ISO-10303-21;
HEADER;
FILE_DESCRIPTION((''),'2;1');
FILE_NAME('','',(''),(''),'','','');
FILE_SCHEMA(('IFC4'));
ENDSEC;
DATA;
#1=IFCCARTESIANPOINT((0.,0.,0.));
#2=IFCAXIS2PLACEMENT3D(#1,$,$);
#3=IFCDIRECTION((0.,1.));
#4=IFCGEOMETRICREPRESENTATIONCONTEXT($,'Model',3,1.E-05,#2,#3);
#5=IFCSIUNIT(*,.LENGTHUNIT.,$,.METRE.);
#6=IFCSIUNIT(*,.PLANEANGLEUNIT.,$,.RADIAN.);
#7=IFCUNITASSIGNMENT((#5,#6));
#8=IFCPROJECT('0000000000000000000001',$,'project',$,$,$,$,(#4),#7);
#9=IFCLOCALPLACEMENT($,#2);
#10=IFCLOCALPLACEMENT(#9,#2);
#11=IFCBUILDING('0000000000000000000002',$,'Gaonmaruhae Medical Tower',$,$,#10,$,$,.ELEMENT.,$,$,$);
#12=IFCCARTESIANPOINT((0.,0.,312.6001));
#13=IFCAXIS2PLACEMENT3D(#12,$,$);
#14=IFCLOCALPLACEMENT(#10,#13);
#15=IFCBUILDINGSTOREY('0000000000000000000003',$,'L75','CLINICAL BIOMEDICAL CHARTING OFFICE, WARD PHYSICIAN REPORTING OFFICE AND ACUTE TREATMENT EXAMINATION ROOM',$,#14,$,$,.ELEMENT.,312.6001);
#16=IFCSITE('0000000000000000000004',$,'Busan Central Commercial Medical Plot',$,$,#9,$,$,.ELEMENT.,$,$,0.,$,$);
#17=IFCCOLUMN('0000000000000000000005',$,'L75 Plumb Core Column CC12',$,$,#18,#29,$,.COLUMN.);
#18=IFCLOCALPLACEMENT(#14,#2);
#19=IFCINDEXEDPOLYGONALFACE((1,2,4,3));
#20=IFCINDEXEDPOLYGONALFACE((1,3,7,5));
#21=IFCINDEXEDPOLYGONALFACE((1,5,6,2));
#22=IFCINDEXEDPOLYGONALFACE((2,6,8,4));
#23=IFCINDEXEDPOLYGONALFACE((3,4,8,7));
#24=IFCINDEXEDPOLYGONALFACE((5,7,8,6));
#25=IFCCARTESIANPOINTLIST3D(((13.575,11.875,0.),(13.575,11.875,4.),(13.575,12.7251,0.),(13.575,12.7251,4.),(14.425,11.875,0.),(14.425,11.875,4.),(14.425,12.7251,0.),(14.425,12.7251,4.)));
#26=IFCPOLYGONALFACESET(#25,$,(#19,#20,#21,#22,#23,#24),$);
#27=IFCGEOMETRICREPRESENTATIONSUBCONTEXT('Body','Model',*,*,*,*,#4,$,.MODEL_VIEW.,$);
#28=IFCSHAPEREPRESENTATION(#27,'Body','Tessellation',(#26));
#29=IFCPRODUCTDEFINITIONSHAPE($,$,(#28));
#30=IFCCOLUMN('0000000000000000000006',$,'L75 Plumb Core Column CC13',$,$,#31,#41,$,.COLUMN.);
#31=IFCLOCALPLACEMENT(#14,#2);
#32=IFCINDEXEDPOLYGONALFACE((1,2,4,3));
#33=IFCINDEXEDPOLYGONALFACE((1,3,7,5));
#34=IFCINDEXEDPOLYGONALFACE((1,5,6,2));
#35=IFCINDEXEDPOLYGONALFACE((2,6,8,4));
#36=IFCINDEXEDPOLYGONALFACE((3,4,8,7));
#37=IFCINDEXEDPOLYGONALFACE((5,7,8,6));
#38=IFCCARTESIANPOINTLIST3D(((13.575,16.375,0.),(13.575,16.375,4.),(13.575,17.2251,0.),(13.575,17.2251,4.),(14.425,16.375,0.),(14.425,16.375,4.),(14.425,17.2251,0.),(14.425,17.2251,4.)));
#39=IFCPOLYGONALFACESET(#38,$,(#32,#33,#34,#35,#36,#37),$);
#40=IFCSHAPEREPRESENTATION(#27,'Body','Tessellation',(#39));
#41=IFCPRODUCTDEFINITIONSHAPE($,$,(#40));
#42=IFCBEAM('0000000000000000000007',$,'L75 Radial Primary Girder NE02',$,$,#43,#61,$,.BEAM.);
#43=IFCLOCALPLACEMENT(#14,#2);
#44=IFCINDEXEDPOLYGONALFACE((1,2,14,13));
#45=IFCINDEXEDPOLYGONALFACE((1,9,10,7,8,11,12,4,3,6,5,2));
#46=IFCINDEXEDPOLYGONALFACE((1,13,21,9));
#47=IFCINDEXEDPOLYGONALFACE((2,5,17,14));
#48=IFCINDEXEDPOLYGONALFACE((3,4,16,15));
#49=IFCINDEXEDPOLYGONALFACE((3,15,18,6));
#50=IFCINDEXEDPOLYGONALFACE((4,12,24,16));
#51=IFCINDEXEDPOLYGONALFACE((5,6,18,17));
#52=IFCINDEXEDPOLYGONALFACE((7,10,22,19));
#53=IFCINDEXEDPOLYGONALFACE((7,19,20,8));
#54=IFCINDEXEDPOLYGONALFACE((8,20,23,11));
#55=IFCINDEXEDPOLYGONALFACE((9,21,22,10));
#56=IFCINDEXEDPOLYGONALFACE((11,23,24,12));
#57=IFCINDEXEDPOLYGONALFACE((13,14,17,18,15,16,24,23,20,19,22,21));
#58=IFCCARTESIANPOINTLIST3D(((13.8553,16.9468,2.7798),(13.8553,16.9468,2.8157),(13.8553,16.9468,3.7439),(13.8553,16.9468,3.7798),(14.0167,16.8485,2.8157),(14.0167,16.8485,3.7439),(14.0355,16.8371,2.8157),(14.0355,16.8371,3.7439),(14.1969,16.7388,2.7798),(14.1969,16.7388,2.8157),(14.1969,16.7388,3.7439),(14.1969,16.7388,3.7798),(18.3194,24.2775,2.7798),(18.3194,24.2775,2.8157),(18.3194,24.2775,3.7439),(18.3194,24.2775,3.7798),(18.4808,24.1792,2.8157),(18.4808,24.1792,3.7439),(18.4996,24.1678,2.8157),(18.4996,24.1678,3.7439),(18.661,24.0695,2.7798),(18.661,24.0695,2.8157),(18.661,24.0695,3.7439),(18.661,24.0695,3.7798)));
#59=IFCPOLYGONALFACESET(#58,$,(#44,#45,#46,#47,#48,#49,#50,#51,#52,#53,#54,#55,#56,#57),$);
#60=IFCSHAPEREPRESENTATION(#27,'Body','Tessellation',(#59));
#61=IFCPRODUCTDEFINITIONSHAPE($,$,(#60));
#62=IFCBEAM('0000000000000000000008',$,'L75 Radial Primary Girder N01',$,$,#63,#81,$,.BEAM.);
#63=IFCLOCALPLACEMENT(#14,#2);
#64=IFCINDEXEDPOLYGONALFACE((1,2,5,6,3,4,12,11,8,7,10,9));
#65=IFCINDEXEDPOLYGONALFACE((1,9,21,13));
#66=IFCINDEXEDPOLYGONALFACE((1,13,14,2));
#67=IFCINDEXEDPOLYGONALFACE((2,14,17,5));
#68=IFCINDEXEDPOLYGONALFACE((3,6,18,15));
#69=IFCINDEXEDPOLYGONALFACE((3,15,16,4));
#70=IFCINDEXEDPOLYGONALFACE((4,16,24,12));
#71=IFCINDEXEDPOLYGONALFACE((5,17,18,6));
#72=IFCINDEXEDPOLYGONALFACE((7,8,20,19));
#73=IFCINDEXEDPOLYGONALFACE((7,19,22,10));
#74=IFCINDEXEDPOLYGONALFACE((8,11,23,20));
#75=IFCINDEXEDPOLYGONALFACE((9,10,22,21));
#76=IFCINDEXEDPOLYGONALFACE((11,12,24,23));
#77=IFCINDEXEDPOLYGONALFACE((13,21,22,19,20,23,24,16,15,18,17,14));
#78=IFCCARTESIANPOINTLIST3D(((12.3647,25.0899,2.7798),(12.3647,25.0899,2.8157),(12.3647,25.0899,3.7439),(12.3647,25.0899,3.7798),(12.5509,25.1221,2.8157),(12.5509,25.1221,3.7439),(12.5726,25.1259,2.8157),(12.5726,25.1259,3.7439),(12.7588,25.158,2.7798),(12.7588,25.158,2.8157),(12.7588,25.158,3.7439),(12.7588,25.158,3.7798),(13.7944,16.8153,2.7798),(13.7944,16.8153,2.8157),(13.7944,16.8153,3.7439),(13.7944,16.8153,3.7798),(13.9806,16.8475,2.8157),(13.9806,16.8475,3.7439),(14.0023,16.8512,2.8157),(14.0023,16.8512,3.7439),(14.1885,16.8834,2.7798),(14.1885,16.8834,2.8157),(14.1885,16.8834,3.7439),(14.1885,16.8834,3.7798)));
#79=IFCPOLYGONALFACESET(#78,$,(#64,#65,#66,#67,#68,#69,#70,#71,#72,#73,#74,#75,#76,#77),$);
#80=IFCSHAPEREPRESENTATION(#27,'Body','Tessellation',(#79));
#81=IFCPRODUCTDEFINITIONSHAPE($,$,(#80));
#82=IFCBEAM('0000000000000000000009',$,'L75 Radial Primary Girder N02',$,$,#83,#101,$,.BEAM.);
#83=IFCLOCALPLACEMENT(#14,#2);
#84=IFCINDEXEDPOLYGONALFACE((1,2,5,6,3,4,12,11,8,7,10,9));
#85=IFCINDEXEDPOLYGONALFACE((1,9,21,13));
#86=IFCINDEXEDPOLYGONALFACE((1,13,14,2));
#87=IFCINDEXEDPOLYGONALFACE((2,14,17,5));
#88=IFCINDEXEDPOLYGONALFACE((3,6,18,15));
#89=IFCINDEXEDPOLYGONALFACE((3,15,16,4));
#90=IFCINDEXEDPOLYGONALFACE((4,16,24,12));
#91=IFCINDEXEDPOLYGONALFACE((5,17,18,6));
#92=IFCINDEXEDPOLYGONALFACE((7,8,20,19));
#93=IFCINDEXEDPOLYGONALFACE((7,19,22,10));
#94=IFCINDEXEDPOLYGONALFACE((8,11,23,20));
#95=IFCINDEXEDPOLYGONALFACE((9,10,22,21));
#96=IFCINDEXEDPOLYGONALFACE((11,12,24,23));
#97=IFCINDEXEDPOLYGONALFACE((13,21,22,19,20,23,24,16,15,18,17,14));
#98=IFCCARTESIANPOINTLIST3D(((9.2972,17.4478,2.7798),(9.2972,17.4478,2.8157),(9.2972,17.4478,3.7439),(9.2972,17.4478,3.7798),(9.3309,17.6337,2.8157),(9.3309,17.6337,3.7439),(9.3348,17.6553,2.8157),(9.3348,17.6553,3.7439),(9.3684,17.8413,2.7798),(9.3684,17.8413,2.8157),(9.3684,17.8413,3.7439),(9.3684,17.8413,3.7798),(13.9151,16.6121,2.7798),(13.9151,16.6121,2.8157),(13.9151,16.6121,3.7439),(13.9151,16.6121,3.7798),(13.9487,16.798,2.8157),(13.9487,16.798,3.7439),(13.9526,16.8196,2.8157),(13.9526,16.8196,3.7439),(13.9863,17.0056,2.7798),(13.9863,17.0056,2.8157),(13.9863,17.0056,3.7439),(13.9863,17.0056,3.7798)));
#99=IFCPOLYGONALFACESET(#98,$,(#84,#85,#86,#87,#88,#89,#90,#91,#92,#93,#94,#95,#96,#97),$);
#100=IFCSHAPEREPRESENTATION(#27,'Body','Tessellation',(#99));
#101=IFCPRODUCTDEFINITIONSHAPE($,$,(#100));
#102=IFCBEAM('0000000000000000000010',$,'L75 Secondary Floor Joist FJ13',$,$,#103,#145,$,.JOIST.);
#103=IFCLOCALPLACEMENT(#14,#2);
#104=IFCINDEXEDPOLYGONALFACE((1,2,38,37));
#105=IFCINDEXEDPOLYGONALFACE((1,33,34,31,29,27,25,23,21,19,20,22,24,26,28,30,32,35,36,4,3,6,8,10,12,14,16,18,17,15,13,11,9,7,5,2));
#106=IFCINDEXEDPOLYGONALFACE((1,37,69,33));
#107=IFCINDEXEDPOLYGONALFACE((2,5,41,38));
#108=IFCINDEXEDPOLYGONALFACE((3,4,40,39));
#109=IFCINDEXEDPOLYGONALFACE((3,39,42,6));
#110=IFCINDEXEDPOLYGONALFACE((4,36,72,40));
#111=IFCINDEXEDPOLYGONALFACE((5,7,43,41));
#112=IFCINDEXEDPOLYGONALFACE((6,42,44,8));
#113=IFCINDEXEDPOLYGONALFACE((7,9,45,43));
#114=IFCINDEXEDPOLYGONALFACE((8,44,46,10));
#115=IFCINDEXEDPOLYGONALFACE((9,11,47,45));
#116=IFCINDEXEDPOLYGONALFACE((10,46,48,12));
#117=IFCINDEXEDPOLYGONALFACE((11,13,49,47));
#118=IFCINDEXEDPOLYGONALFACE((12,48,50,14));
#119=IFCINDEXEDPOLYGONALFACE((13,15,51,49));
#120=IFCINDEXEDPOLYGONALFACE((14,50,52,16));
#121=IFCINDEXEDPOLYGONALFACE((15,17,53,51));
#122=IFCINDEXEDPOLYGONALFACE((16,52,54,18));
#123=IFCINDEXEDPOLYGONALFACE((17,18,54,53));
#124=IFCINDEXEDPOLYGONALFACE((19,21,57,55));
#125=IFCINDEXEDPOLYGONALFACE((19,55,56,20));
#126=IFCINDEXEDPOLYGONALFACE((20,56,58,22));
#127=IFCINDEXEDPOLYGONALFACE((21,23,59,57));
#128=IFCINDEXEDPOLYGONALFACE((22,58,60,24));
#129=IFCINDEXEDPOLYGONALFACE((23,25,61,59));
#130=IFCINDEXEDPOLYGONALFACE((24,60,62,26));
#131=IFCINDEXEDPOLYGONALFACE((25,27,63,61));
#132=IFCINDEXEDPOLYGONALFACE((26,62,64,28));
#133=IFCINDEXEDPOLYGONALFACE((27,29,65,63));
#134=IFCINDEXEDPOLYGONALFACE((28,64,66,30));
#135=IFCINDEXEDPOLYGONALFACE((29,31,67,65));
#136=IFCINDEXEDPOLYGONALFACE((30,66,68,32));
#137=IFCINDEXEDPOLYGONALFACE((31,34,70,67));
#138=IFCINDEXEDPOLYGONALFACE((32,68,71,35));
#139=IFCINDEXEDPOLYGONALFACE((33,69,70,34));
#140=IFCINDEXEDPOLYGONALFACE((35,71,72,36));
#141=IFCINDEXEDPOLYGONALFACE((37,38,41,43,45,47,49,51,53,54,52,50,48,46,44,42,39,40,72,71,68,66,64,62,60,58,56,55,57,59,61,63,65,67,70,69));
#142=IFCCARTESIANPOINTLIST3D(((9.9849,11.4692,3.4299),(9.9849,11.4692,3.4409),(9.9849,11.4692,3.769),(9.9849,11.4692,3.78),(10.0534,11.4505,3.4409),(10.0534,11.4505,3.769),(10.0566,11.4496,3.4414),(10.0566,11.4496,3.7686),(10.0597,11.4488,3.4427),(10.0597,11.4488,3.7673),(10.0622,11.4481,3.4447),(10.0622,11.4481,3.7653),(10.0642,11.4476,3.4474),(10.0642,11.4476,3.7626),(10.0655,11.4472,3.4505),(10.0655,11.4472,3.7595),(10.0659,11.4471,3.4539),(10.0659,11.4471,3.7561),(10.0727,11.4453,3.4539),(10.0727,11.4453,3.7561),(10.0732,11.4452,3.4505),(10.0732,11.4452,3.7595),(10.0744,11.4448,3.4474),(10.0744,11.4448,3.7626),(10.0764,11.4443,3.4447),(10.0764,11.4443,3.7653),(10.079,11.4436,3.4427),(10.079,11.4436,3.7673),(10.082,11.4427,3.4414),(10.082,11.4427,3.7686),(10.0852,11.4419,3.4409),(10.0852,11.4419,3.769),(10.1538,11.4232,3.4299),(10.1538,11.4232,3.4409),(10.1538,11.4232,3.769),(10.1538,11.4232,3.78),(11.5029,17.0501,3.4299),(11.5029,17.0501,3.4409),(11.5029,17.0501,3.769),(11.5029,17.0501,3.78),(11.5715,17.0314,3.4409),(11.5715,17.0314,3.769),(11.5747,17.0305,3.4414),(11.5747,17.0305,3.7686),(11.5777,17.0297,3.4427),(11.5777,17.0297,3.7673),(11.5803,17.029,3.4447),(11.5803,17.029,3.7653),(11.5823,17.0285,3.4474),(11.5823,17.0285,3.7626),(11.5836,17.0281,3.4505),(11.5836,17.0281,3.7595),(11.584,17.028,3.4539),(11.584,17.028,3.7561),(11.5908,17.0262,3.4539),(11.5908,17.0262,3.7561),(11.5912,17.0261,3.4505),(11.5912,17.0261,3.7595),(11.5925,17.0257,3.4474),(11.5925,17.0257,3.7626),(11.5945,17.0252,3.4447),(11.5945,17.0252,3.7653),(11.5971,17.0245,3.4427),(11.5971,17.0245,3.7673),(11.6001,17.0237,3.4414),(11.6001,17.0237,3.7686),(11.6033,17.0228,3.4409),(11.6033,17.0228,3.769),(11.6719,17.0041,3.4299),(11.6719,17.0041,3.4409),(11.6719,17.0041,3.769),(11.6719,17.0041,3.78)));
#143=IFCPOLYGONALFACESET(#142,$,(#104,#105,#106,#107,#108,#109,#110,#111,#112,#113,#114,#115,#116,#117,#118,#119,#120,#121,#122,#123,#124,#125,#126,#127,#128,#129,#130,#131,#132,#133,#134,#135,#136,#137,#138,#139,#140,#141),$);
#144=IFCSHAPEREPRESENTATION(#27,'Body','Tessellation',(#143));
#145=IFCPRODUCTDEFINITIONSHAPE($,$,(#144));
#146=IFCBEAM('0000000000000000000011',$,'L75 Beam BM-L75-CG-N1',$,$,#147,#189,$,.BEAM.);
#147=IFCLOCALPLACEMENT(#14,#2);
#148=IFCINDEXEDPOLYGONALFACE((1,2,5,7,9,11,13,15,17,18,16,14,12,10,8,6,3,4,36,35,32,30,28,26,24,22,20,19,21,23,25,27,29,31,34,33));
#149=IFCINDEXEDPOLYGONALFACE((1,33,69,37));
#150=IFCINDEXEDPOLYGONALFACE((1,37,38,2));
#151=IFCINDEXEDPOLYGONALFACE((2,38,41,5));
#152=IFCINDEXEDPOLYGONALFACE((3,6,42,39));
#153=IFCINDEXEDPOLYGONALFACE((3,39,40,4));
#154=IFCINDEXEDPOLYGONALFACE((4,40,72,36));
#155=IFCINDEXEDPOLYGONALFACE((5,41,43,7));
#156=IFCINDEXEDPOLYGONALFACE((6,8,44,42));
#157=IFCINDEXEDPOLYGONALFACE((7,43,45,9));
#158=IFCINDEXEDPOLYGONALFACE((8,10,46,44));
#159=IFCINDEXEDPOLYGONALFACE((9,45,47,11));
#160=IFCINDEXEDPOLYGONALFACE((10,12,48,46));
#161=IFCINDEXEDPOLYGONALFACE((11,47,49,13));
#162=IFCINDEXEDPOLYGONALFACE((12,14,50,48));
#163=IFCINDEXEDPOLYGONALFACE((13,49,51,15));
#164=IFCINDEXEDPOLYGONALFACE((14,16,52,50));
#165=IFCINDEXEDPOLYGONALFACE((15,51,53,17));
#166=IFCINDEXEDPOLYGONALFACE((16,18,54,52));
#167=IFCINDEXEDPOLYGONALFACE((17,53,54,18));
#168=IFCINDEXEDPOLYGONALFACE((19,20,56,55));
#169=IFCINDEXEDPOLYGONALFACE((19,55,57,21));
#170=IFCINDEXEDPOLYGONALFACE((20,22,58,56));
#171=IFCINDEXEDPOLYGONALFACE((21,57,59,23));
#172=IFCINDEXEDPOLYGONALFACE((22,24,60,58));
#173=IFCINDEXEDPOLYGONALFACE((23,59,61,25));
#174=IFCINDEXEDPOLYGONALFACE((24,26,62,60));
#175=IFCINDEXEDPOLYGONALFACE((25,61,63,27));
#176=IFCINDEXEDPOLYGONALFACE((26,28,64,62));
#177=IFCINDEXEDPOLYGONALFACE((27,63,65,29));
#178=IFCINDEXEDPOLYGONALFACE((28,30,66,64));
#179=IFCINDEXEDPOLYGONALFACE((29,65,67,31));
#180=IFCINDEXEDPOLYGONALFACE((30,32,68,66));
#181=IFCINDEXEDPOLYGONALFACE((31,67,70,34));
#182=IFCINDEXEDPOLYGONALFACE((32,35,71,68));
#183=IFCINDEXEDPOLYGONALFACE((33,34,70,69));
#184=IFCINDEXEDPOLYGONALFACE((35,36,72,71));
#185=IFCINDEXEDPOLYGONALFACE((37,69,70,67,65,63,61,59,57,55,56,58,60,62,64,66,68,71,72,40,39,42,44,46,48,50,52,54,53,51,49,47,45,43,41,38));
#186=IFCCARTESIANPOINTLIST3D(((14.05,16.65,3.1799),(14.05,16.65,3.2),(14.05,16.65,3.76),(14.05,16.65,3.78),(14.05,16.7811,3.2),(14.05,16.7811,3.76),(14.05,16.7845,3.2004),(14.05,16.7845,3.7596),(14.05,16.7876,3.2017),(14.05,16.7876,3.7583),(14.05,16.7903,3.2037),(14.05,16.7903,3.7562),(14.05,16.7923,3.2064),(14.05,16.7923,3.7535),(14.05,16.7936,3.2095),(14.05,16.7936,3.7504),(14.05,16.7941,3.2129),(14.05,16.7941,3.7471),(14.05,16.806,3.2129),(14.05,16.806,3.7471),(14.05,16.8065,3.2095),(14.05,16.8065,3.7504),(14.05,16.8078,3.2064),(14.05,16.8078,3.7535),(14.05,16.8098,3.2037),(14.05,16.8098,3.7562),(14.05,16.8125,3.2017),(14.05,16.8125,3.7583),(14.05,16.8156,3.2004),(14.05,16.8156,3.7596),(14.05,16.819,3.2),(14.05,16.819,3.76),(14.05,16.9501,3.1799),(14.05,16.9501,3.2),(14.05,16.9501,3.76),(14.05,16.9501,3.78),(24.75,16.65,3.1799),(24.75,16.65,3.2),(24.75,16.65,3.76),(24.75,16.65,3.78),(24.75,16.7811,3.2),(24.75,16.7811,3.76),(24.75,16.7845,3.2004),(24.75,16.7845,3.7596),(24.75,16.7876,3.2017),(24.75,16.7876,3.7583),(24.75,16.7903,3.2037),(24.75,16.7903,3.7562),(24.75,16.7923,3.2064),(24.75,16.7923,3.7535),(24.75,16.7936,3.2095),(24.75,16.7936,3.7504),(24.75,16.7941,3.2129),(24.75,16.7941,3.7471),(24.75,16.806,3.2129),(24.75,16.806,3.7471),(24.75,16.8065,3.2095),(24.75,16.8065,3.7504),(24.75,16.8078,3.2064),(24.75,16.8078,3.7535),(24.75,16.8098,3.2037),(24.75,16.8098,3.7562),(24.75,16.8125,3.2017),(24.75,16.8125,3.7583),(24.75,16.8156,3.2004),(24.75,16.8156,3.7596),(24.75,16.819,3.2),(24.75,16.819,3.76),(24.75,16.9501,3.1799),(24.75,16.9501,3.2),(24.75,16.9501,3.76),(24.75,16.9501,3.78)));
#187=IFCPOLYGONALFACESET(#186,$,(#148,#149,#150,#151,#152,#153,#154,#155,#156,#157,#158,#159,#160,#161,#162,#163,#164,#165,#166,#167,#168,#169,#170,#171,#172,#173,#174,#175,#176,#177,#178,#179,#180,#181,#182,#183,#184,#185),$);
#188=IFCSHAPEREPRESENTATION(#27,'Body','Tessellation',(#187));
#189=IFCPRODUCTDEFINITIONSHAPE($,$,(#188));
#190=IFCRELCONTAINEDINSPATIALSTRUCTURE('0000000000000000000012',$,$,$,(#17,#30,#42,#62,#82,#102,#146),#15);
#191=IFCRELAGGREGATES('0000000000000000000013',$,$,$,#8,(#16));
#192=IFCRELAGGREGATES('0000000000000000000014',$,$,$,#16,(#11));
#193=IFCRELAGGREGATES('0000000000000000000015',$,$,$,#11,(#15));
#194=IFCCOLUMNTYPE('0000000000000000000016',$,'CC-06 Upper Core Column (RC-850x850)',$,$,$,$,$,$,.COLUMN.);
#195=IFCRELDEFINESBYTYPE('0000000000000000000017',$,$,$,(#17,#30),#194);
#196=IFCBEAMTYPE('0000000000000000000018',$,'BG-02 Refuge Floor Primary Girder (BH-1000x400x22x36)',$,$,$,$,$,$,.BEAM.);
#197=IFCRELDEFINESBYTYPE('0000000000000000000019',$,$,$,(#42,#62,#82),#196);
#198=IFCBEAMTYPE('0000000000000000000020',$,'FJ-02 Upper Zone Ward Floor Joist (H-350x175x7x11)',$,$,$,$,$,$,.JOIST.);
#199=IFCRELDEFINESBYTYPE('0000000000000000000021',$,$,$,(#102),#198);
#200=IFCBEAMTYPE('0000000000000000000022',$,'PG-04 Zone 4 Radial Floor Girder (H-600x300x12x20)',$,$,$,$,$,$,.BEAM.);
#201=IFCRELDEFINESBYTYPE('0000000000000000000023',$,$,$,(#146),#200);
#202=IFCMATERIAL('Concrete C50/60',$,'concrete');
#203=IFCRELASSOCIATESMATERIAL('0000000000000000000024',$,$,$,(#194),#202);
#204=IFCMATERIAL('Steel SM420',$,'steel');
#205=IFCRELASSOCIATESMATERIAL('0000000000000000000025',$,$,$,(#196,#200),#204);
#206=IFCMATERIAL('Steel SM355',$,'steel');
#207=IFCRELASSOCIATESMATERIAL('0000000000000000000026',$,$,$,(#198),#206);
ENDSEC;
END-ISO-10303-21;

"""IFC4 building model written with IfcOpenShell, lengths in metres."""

from ifc_helpers import new_model, si_unit, direction, frame, origin, origin_2d, place, context, subcontext, project, spatial, rectangle, i_section, extrude, material, material_profile, profile_set, type_object, element, save


model = new_model("IFC4")

# Units and contexts
model_context = context("Model", 3, precision=1e-05, world=origin(), true_north=direction((0.0, 1.0)))
body_context = subcontext(model_context, "Body", "Model", "MODEL_VIEW")
ifc_project = project(units=[si_unit("LENGTHUNIT", "METRE"), si_unit("PLANEANGLEUNIT", "RADIAN")], contexts=[model_context])

# Site, building, storey
site_placement = place(None, origin())
site = spatial("IfcSite", under=ifc_project, at=site_placement, Name="Busan Central Commercial Medical Plot", CompositionType="ELEMENT", RefElevation=0.0)
building_placement = place(site_placement, origin())
building = spatial("IfcBuilding", under=site, at=building_placement, Name="Gaonmaruhae Medical Tower", CompositionType="ELEMENT")
storey_placement = place(building_placement, frame((0.0, 0.0, 312.6001)))
storey = spatial("IfcBuildingStorey", under=building, at=storey_placement, Name="L75", Description="CLINICAL BIOMEDICAL CHARTING OFFICE, WARD PHYSICIAN REPORTING OFFICE AND ACUTE TREATMENT EXAMINATION ROOM", CompositionType="ELEMENT", Elevation=312.6001)

# Columns
ifc_material_1 = material(Name="Concrete C50/60", Category="concrete")
ifc_material_profile_1 = material_profile(ifc_material_1, rectangle(XDim=0.8501, YDim=0.8501, at=origin_2d()), Name="RC-850x850")
ifc_profile_set_1 = profile_set([ifc_material_profile_1], Name="Concrete C50/60")
column_type = type_object("IfcColumnType", Name="CC-06 Upper Core Column (RC-850x850)", PredefinedType="COLUMN", material=ifc_profile_set_1)
for number, where, z_axis, x_axis, name in (
    (1, (14.0, 12.3, 0.0), (0.0, 0.0, 1.0), (1.0, 0.0, 0.0), "L75 Plumb Core Column CC12"),
    (2, (14.0, 16.8, 0.0), (0.0, 0.0, 1.0), (1.0, 0.0, 0.0), "L75 Plumb Core Column CC13"),
):
    element("IfcColumn", number, at=place(storey_placement, frame(where, z_axis=z_axis, x_axis=x_axis)), inside=storey, type_object=column_type, Name=name, PredefinedType="COLUMN", context=body_context, shape_type="SweptSolid", body=[
        extrude(rectangle(XDim=0.8501, YDim=0.8501, at=origin_2d()), origin(), (0.0, 0.0, 1.0), 4.0),
    ])

# Beams
ifc_material_2 = material(Name="Steel SM420", Category="steel")
ifc_material_profile_2 = material_profile(ifc_material_2, i_section(OverallWidth=0.3999, OverallDepth=1.0, WebThickness=0.022, FlangeThickness=0.0359, at=origin_2d()), Name="BH-1000x400x22x36")
ifc_profile_set_2 = profile_set([ifc_material_profile_2], Name="Steel SM420")
beam_type_1 = type_object("IfcBeamType", Name="BG-02 Refuge Floor Primary Girder (BH-1000x400x22x36)", PredefinedType="BEAM", material=ifc_profile_set_2)
beam_1_placement = place(storey_placement, frame((14.0261, 16.8428, 3.2798), z_axis=(0.520107, 0.854101, 0.0), x_axis=(-0.854101, 0.520107, 0.0)))
element("IfcBeam", 3, at=beam_1_placement, inside=storey, type_object=beam_type_1, Name="L75 Radial Primary Girder NE02", PredefinedType="BEAM", context=body_context, shape_type="SweptSolid", body=[
    extrude(i_section(OverallWidth=0.3999, OverallDepth=1.0, WebThickness=0.022, FlangeThickness=0.0359, at=origin_2d()), origin(), (0.0, 0.0, 1.0), 8.583),
])
beam_2_placement = place(storey_placement, frame((13.9915, 16.8494, 3.2798), z_axis=(-0.170256, 0.9854, 0.0), x_axis=(-0.9854, -0.170256, 0.0)))
element("IfcBeam", 4, at=beam_2_placement, inside=storey, type_object=beam_type_1, Name="L75 Radial Primary Girder N01", PredefinedType="BEAM", context=body_context, shape_type="SweptSolid", body=[
    extrude(i_section(OverallWidth=0.3999, OverallDepth=1.0, WebThickness=0.022, FlangeThickness=0.0359, at=origin_2d()), origin(), (0.0, 0.0, 1.0), 8.3972),
])
beam_3_placement = place(storey_placement, frame((13.9507, 16.8088, 3.2798), z_axis=(-0.984017, 0.178075, 0.0), x_axis=(-0.178075, -0.984017, 0.0)))
element("IfcBeam", 5, at=beam_3_placement, inside=storey, type_object=beam_type_1, Name="L75 Radial Primary Girder N02", PredefinedType="BEAM", context=body_context, shape_type="SweptSolid", body=[
    extrude(i_section(OverallWidth=0.3999, OverallDepth=1.0, WebThickness=0.022, FlangeThickness=0.0359, at=origin_2d()), origin(), (0.0, 0.0, 1.0), 4.6929),
])
ifc_material_3 = material(Name="Steel SM355", Category="steel")
ifc_material_profile_3 = material_profile(ifc_material_3, i_section(OverallWidth=0.175, OverallDepth=0.3501, WebThickness=0.0071, FlangeThickness=0.011, FilletRadius=0.0129, at=origin_2d()), Name="H-350x175x7x11")
ifc_profile_set_3 = profile_set([ifc_material_profile_3], Name="Steel SM355")
beam_type_2 = type_object("IfcBeamType", Name="FJ-02 Upper Zone Ward Floor Joist (H-350x175x7x11)", PredefinedType="JOIST", material=ifc_profile_set_3)
beam_4_placement = place(storey_placement, frame((11.5874, 17.0271, 3.605), z_axis=(-0.262478, -0.964938, 0.0), x_axis=(0.964938, -0.262478, 0.0)))
element("IfcBeam", 6, at=beam_4_placement, inside=storey, type_object=beam_type_2, Name="L75 Secondary Floor Joist FJ13", PredefinedType="JOIST", context=body_context, shape_type="SweptSolid", body=[
    extrude(i_section(OverallWidth=0.175, OverallDepth=0.3501, WebThickness=0.0071, FlangeThickness=0.011, FilletRadius=0.0129, at=origin_2d()), origin(), (0.0, 0.0, 1.0), 5.7837),
])
ifc_material_profile_4 = material_profile(ifc_material_2, i_section(OverallWidth=0.3, OverallDepth=0.6001, WebThickness=0.012, FlangeThickness=0.02, FilletRadius=0.0129, at=origin_2d()), Name="H-600x300x12x20")
ifc_profile_set_4 = profile_set([ifc_material_profile_4], Name="Steel SM420")
beam_type_3 = type_object("IfcBeamType", Name="PG-04 Zone 4 Radial Floor Girder (H-600x300x12x20)", PredefinedType="BEAM", material=ifc_profile_set_4)
beam_5_placement = place(storey_placement, frame((14.05, 16.8, 3.48), z_axis=(1.0, 0.0, 0.0), x_axis=(0.0, 1.0, 0.0)))
element("IfcBeam", 7, at=beam_5_placement, inside=storey, type_object=beam_type_3, Name="L75 Beam BM-L75-CG-N1", PredefinedType="BEAM", context=body_context, shape_type="SweptSolid", body=[
    extrude(i_section(OverallWidth=0.3, OverallDepth=0.6001, WebThickness=0.012, FlangeThickness=0.02, FilletRadius=0.0129, at=origin_2d()), origin(), (0.0, 0.0, 1.0), 10.7),
])

save(model, "model.ifc")
